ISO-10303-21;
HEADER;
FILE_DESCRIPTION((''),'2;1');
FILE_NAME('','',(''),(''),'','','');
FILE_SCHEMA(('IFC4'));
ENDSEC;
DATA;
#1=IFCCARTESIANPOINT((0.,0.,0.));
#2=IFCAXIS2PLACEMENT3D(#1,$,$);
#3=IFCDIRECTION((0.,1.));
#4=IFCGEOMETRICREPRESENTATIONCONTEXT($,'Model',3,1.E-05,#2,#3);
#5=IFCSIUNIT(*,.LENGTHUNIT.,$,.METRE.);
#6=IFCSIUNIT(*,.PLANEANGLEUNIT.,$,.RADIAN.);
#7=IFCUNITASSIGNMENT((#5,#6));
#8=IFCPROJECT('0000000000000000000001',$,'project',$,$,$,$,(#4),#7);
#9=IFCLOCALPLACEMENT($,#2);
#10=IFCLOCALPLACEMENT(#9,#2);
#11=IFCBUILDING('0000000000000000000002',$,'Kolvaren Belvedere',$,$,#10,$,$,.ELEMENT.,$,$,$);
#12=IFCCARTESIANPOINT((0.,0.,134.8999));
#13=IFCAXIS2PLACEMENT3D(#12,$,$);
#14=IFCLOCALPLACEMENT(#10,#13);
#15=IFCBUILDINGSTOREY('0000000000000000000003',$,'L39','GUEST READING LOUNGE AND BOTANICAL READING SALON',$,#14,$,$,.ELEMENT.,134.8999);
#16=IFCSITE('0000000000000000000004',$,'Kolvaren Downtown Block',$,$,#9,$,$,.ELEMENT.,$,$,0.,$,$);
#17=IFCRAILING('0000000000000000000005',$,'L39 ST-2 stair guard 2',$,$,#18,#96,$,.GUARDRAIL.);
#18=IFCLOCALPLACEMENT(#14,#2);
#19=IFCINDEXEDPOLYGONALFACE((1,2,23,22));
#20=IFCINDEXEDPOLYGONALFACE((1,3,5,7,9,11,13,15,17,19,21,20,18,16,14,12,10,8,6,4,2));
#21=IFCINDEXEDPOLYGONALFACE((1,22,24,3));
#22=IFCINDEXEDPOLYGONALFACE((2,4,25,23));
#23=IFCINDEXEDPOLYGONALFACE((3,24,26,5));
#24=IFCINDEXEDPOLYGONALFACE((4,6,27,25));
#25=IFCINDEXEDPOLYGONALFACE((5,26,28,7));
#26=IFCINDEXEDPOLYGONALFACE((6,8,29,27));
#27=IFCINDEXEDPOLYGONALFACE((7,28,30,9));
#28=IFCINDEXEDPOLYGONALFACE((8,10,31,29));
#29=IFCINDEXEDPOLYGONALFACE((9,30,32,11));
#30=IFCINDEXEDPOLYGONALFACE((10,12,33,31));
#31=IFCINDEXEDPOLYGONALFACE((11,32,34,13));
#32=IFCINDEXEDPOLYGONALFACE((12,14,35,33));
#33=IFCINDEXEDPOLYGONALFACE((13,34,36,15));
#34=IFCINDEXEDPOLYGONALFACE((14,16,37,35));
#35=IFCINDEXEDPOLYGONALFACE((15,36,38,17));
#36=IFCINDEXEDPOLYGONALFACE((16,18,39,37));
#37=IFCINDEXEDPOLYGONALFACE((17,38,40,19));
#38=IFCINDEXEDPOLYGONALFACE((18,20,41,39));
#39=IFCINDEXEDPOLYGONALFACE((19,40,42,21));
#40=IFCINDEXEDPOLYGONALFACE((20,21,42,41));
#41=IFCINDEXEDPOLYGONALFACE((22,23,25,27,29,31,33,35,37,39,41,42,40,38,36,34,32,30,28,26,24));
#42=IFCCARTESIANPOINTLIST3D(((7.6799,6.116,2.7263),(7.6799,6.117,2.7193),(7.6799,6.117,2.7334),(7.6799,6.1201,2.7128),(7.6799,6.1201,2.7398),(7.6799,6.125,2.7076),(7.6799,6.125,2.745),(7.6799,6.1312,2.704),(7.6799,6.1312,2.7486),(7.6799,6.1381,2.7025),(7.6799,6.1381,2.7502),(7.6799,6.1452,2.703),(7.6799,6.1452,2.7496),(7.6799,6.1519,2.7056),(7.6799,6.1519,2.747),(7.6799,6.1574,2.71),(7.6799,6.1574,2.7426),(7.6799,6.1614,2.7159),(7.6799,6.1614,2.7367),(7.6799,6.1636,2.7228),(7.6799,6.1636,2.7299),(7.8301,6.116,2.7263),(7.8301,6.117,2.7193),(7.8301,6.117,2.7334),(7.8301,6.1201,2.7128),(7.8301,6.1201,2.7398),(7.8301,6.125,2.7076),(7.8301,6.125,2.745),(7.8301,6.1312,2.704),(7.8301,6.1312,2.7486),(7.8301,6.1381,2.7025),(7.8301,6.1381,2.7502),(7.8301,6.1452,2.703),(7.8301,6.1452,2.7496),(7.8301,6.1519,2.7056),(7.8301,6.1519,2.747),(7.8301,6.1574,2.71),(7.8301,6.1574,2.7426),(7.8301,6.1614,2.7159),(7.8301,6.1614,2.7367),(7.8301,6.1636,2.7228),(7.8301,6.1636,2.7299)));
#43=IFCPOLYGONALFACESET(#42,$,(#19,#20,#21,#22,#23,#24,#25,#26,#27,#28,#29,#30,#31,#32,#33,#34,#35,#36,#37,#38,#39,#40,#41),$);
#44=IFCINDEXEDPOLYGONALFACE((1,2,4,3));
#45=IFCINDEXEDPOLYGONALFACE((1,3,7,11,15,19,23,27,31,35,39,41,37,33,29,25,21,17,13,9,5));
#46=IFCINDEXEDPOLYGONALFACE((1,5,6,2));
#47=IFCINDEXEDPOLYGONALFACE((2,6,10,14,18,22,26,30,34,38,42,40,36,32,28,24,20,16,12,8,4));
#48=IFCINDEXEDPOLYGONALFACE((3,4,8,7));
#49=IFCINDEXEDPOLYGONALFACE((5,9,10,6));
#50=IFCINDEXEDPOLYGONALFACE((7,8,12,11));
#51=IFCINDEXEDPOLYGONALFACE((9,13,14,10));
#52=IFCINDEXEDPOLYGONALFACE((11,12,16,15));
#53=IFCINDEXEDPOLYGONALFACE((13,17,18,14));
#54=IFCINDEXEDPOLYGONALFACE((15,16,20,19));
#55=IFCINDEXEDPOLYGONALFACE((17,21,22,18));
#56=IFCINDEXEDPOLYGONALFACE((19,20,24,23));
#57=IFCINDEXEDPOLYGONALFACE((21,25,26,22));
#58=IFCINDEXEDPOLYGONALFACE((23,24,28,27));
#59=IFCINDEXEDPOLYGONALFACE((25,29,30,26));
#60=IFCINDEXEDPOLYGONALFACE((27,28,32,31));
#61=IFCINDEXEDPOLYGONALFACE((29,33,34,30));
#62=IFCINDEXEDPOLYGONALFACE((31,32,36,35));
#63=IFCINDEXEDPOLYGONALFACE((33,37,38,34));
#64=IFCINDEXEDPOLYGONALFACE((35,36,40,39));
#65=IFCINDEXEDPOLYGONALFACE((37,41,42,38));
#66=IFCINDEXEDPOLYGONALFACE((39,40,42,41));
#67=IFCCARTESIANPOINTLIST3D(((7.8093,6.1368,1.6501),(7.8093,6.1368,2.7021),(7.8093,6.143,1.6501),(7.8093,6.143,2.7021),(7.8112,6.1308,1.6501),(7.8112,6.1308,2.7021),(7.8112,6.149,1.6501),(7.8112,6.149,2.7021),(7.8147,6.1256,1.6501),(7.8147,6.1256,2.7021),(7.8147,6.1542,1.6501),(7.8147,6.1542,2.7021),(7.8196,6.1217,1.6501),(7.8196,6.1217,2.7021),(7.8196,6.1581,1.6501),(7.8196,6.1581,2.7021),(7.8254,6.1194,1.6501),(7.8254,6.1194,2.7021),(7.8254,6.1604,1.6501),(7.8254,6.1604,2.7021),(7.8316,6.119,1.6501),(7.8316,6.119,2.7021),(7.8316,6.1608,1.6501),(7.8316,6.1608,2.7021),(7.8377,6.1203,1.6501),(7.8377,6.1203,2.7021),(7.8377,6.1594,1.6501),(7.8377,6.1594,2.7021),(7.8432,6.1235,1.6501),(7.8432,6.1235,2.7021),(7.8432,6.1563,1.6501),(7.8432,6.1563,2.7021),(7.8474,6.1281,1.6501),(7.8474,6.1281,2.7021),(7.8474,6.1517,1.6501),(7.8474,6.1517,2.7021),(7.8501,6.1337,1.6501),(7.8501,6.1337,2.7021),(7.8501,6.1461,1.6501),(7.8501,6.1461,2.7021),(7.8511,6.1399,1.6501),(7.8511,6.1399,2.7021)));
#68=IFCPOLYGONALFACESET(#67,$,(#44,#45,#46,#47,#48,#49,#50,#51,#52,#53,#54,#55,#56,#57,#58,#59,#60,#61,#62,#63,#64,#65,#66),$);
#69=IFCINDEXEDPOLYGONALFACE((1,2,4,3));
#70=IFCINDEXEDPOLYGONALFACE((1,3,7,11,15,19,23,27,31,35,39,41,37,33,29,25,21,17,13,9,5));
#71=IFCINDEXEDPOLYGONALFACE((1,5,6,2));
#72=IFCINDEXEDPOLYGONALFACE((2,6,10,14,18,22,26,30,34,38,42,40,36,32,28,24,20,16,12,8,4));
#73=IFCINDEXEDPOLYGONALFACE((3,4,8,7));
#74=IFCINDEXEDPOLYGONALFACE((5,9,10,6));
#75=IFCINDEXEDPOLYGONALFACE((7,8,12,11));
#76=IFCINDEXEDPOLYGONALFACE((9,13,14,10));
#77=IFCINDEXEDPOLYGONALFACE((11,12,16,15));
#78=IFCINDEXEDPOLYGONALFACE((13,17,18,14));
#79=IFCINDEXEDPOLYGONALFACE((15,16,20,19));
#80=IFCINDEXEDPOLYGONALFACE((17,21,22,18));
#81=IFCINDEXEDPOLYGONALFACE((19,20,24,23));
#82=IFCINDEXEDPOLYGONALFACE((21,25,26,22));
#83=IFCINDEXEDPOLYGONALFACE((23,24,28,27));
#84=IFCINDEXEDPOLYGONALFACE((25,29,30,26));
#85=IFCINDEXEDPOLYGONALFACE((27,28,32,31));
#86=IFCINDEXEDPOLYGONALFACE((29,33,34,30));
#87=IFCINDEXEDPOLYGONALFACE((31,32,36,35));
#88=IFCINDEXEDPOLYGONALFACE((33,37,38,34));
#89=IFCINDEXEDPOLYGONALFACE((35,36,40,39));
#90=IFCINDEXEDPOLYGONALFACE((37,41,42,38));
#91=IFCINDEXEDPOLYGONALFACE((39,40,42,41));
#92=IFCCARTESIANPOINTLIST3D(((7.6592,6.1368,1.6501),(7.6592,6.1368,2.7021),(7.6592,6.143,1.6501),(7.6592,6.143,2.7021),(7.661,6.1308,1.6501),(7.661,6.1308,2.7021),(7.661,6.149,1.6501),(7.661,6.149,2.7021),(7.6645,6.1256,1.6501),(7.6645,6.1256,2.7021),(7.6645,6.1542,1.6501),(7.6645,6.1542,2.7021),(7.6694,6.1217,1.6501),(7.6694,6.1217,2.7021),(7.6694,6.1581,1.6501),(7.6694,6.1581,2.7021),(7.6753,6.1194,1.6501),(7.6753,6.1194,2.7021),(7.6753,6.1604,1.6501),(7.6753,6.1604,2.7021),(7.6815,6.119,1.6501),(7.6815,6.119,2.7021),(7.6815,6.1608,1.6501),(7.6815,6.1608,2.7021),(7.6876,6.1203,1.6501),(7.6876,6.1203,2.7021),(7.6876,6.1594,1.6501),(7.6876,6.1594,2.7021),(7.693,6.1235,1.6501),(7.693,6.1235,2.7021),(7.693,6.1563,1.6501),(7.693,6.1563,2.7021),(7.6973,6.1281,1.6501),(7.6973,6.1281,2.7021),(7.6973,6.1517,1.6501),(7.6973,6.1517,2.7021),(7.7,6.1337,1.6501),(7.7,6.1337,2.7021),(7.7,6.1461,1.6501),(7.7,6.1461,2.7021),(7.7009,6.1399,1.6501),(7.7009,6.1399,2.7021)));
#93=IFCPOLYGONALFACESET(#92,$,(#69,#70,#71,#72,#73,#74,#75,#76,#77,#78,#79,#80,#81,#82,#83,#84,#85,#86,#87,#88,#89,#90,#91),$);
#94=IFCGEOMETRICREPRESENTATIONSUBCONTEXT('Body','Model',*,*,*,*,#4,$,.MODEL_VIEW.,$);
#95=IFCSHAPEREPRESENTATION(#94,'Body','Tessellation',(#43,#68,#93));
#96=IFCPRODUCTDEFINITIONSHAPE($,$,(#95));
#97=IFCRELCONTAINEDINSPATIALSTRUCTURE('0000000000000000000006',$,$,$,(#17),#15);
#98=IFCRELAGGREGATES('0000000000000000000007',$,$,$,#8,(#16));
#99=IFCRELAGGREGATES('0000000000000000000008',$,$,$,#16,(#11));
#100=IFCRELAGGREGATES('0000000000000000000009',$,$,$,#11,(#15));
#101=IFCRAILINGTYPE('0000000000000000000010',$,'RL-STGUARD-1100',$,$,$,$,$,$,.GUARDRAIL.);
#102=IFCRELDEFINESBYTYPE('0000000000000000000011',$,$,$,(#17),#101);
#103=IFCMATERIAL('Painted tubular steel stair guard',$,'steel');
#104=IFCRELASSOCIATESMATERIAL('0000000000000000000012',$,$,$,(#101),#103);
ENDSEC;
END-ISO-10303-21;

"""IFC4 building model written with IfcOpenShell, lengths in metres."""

from ifc_helpers import new_model, si_unit, direction, frame, origin, origin_2d, place, context, subcontext, project, spatial, circle, extrude, material, type_object, element, save


model = new_model("IFC4")

# Units and contexts
model_context = context("Model", 3, precision=1e-05, world=origin(), true_north=direction((0.0, 1.0)))
body_context = subcontext(model_context, "Body", "Model", "MODEL_VIEW")
ifc_project = project(units=[si_unit("LENGTHUNIT", "METRE"), si_unit("PLANEANGLEUNIT", "RADIAN")], contexts=[model_context])

# Site, building, storey
site_placement = place(None, origin())
site = spatial("IfcSite", under=ifc_project, at=site_placement, Name="Kolvaren Downtown Block", CompositionType="ELEMENT", RefElevation=0.0)
building_placement = place(site_placement, origin())
building = spatial("IfcBuilding", under=site, at=building_placement, Name="Kolvaren Belvedere", CompositionType="ELEMENT")
storey_placement = place(building_placement, frame((0.0, 0.0, 134.8999)))
storey = spatial("IfcBuildingStorey", under=building, at=storey_placement, Name="L39", Description="GUEST READING LOUNGE AND BOTANICAL READING SALON", CompositionType="ELEMENT", Elevation=134.8999)

# Railing
ifc_material_1 = material(Name="Painted tubular steel stair guard", Category="steel")
railing_type_1 = type_object("IfcRailingType", Name="RL-STGUARD-1100", PredefinedType="GUARDRAIL", material=ifc_material_1)
railing_1_placement = place(storey_placement, frame((7.8301, 6.1399, 1.6501)))
element("IfcRailing", 1, at=railing_1_placement, inside=storey, type_object=railing_type_1, Name="L39 ST-2 stair guard 2", PredefinedType="GUARDRAIL", context=body_context, shape_type="SweptSolid", body=[
    extrude(circle(Radius=0.0239, at=origin_2d()), frame((0.0, 0.0, 1.0762), z_axis=(-1.0, 0.0, 0.0), x_axis=(0.0, -1.0, 0.0)), (0.0, 0.0, 1.0), 0.1501),
    extrude(circle(Radius=0.021, at=origin_2d()), origin(), (0.0, 0.0, 1.0), 1.052),
    extrude(circle(Radius=0.021, at=origin_2d()), frame((-0.1501, 0.0, 0.0)), (0.0, 0.0, 1.0), 1.052),
])

save(model, "model.ifc")
